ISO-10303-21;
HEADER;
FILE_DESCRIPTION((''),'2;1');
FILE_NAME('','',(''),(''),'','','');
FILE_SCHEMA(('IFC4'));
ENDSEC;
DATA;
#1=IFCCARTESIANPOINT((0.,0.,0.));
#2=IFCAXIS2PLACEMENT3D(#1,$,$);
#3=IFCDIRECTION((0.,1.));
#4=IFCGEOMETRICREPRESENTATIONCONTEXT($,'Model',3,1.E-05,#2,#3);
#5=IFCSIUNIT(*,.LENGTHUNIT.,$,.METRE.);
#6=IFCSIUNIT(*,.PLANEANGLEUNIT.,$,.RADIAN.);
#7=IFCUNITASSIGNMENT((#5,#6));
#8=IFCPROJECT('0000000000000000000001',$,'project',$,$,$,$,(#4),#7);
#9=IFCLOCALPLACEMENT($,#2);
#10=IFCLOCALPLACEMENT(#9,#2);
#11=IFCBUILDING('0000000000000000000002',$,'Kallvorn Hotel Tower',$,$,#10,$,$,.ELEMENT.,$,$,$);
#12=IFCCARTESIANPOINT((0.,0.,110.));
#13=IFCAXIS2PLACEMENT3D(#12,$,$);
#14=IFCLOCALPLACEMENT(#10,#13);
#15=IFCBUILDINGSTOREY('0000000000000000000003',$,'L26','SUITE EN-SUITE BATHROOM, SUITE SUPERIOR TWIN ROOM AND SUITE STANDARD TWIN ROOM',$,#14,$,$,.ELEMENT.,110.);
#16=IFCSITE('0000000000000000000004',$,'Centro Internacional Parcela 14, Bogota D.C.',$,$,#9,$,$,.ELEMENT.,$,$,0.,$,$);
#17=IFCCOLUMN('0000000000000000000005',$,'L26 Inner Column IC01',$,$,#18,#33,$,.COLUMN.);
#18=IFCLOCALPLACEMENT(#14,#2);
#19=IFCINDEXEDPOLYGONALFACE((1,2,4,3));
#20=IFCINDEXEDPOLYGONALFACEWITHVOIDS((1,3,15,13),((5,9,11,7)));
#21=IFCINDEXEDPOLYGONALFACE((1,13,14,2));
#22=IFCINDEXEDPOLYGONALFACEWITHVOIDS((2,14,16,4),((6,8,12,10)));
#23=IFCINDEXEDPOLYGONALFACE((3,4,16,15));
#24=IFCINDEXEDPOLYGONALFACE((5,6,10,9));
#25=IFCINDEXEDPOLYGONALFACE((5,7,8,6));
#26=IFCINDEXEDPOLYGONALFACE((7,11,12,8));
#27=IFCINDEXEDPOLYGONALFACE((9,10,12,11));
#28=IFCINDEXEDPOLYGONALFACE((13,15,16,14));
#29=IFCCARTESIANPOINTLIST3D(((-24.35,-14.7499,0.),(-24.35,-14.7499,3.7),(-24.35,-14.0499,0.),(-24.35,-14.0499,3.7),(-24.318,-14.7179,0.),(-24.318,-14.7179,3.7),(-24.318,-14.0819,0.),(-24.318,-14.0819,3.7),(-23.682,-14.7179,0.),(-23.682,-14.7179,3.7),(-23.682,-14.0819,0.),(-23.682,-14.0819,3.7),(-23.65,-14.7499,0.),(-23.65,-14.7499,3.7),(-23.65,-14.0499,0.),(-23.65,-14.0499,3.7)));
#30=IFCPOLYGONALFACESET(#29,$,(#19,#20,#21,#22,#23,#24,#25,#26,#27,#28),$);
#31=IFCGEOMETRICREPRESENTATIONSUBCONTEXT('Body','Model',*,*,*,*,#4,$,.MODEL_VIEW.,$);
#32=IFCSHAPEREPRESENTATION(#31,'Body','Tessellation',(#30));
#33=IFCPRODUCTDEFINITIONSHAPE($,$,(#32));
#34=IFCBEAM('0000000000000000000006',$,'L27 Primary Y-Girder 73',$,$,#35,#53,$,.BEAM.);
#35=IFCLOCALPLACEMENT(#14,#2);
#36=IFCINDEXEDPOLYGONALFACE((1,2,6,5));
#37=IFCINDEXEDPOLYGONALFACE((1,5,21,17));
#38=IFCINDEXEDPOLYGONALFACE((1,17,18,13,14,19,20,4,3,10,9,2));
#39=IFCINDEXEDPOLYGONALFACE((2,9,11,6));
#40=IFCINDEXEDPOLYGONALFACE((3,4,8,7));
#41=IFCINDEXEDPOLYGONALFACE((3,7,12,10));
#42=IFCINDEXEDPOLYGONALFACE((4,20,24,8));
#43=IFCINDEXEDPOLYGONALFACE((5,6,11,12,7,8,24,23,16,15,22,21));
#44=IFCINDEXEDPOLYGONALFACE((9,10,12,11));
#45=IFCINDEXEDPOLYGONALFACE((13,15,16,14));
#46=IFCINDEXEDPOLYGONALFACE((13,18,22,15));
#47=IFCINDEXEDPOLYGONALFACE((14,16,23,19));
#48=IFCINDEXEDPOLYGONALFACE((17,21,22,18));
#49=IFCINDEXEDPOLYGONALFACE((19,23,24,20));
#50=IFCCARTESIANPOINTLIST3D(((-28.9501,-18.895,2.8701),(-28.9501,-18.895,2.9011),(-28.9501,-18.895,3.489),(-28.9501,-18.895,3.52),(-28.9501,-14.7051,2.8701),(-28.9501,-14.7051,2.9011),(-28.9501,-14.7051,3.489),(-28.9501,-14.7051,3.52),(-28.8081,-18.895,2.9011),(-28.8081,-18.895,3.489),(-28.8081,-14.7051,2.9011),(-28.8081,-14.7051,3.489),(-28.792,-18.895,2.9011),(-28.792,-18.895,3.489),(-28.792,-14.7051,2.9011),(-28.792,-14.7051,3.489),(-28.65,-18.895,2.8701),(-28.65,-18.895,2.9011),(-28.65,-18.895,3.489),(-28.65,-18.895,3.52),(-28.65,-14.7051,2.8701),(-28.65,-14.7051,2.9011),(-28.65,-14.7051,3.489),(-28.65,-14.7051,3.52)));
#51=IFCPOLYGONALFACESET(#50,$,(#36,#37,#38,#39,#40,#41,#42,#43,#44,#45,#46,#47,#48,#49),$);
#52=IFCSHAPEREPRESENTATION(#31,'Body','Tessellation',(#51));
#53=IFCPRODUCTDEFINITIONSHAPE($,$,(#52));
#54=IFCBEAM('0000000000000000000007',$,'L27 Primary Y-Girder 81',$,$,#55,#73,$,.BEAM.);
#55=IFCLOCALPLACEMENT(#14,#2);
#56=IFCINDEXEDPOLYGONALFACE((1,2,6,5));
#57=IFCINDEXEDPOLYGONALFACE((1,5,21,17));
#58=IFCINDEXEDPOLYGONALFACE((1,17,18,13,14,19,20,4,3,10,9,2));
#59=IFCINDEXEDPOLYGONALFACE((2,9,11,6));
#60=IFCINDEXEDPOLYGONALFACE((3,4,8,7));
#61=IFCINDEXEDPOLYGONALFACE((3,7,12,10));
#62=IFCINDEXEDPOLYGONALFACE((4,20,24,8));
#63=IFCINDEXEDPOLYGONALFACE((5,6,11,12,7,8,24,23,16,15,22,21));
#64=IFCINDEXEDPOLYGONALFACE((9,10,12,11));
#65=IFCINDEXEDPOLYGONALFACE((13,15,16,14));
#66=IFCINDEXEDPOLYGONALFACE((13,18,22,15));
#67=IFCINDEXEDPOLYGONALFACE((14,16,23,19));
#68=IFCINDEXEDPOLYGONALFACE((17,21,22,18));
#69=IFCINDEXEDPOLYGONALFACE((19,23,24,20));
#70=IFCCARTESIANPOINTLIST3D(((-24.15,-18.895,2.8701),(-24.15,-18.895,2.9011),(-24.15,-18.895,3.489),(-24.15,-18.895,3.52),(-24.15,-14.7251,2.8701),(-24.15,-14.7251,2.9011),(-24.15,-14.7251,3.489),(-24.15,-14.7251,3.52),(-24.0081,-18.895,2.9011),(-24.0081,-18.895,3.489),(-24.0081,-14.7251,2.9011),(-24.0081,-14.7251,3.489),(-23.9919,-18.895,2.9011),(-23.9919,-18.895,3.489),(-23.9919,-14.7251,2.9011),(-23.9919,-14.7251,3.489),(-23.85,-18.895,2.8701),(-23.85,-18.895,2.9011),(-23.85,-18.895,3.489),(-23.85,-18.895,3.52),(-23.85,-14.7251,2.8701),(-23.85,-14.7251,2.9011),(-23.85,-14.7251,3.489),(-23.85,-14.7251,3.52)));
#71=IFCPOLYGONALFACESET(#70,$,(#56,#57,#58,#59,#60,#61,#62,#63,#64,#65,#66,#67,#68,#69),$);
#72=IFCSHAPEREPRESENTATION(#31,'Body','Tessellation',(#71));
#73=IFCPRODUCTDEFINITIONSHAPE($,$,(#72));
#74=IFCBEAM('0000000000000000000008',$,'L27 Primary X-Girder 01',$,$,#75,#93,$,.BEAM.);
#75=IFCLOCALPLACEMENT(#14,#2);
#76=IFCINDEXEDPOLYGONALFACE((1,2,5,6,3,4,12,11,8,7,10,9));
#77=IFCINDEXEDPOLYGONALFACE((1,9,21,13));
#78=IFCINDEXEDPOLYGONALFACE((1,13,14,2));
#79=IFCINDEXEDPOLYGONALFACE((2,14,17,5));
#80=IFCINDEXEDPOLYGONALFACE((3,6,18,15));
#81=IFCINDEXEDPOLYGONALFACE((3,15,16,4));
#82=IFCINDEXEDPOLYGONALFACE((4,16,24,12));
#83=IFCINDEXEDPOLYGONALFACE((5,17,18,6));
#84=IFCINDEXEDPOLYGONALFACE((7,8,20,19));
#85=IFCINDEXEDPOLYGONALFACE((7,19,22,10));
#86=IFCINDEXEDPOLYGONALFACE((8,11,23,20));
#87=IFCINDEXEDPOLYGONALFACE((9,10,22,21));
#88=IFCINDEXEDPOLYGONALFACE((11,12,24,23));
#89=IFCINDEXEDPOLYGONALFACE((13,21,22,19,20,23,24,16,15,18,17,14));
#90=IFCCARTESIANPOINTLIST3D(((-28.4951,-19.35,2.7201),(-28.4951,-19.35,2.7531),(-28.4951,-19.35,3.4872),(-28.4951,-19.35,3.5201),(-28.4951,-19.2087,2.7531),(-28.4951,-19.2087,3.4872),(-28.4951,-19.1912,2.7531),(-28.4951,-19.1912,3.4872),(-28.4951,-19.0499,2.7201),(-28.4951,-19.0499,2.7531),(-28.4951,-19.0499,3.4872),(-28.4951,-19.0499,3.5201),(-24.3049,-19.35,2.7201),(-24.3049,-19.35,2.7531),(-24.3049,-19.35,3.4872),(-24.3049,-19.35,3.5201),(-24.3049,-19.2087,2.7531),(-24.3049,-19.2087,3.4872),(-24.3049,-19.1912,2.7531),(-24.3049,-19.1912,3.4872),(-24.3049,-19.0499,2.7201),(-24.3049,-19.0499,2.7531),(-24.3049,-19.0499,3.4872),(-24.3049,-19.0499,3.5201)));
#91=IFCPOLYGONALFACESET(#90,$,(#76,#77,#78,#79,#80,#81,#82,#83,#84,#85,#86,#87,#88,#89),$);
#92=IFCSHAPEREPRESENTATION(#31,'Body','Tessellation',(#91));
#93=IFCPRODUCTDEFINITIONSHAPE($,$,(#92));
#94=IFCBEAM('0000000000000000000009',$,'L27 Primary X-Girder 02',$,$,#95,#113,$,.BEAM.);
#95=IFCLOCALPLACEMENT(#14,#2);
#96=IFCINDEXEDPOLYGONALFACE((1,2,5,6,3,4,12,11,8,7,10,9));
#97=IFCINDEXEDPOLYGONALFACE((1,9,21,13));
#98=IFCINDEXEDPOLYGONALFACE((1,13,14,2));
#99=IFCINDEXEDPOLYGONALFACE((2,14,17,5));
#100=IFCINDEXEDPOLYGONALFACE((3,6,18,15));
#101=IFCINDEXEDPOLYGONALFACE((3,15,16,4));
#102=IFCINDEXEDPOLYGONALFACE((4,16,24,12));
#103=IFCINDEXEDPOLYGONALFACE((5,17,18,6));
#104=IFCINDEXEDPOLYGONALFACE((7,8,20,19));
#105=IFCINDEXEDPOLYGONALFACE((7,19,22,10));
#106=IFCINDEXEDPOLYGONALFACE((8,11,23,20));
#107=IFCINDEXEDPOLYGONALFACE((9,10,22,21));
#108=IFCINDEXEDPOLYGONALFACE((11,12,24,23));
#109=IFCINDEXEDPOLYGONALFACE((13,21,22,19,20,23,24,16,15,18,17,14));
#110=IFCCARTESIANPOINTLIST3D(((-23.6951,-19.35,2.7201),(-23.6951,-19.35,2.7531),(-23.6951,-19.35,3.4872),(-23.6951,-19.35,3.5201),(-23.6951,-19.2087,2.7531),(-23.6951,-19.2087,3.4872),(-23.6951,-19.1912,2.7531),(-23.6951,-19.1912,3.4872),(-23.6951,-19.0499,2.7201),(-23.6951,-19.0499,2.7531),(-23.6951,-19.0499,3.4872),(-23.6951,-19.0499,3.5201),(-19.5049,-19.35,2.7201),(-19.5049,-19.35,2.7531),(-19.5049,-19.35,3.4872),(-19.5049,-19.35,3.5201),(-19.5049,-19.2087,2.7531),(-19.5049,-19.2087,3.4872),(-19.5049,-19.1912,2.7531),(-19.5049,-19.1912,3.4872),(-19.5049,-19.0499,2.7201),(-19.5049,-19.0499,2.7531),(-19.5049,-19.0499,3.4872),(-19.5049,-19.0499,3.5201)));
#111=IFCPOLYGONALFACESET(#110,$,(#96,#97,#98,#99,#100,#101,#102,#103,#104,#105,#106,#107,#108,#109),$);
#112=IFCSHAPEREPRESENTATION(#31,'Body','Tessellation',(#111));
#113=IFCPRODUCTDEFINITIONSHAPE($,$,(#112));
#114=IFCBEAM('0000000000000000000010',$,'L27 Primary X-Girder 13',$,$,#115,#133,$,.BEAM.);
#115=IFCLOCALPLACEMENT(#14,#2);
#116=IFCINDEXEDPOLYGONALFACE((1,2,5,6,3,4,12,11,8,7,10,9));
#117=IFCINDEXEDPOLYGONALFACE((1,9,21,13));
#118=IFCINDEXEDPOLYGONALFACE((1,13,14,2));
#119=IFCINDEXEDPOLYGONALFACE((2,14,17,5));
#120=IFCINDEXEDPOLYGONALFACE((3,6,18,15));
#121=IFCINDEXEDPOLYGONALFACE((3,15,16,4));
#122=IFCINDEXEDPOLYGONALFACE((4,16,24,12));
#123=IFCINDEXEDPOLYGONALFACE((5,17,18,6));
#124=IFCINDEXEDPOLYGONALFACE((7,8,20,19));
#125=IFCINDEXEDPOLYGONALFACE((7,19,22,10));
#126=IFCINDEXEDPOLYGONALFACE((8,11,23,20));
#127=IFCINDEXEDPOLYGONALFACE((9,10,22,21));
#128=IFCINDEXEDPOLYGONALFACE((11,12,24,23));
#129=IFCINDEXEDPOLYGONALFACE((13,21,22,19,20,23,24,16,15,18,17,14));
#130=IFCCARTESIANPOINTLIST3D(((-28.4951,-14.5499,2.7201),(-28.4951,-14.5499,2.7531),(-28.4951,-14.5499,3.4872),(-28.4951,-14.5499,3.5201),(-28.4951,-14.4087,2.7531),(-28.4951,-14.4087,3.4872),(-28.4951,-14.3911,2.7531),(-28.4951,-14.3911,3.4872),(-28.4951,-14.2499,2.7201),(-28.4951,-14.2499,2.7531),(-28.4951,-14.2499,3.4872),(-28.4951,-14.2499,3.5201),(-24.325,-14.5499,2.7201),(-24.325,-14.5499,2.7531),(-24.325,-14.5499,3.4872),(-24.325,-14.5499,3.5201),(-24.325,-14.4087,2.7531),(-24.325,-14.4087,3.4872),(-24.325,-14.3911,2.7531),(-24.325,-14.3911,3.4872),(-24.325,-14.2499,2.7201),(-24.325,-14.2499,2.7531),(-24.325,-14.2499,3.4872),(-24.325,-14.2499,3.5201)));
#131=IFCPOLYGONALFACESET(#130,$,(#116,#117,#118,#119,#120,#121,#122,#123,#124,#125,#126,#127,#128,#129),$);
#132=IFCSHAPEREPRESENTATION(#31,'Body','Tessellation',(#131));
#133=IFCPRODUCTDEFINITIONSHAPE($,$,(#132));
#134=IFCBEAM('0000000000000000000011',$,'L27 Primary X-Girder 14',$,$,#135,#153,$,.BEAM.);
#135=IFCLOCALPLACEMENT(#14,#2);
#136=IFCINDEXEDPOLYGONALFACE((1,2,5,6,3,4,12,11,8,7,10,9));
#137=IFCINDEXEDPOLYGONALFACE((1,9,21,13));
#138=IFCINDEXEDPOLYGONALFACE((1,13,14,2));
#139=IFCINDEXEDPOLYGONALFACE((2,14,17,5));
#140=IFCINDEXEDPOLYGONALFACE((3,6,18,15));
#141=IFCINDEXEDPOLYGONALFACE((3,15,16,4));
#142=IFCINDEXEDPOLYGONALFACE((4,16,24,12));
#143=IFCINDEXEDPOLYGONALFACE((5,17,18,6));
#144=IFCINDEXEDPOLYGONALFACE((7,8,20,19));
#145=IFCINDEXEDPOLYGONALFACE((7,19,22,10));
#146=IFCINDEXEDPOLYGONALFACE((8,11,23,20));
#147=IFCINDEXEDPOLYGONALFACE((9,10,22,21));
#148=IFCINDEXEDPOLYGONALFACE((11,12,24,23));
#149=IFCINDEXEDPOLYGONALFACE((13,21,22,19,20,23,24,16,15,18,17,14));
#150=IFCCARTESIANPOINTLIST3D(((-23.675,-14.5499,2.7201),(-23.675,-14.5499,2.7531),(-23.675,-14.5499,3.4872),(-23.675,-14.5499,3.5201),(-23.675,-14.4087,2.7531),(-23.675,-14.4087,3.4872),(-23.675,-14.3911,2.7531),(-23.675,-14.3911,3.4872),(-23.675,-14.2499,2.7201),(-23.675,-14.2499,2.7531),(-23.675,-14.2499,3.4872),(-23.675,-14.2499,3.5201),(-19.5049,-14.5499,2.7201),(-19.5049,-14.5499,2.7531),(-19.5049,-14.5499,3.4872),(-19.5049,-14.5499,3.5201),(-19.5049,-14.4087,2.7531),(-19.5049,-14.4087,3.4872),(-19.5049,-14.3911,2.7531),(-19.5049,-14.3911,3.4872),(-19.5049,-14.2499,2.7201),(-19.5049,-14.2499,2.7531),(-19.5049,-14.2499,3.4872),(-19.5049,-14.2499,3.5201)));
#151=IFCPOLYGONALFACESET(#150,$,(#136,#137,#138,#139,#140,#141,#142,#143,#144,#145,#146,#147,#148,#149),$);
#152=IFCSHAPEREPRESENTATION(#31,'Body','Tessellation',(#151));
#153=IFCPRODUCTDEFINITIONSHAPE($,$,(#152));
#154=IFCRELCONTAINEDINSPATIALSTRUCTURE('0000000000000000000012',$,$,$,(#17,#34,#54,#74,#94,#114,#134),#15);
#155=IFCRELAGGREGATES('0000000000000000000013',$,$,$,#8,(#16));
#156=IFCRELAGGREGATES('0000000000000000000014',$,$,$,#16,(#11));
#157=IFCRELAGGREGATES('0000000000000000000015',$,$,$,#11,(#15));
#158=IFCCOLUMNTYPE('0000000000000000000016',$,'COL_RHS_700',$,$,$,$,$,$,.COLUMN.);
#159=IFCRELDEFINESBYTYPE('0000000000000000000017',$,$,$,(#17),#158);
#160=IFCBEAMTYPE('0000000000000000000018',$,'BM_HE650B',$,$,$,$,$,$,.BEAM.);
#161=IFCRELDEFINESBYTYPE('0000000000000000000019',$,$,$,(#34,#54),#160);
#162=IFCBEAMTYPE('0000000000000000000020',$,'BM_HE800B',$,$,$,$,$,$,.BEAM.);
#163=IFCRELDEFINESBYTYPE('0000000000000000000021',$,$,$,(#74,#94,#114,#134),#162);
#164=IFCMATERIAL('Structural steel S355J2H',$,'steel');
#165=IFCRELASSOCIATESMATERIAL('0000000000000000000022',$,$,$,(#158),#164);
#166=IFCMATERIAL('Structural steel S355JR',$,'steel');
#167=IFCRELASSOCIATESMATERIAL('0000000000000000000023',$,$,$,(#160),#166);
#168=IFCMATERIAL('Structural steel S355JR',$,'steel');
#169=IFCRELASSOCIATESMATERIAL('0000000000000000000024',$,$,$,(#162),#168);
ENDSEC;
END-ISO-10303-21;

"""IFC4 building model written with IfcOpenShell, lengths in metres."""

from ifc_helpers import new_model, si_unit, direction, frame, origin, origin_2d, place, context, subcontext, project, spatial, hollow_rectangle, i_section, extrude, material, material_profile, profile_set, type_object, element, save


model = new_model("IFC4")

# Units and contexts
model_context = context("Model", 3, precision=1e-05, world=origin(), true_north=direction((0.0, 1.0)))
body_context = subcontext(model_context, "Body", "Model", "MODEL_VIEW")
ifc_project = project(units=[si_unit("LENGTHUNIT", "METRE"), si_unit("PLANEANGLEUNIT", "RADIAN")], contexts=[model_context])

# Site, building, storey
site_placement = place(None, origin())
site = spatial("IfcSite", under=ifc_project, at=site_placement, Name="Centro Internacional Parcela 14, Bogota D.C.", CompositionType="ELEMENT", RefElevation=0.0)
building_placement = place(site_placement, origin())
building = spatial("IfcBuilding", under=site, at=building_placement, Name="Kallvorn Hotel Tower", CompositionType="ELEMENT")
storey_placement = place(building_placement, frame((0.0, 0.0, 110.0)))
storey = spatial("IfcBuildingStorey", under=building, at=storey_placement, Name="L26", Description="SUITE EN-SUITE BATHROOM, SUITE SUPERIOR TWIN ROOM AND SUITE STANDARD TWIN ROOM", CompositionType="ELEMENT", Elevation=110.0)

# Column
ifc_material_1 = material(Name="Structural steel S355J2H", Category="steel")
ifc_material_profile_1 = material_profile(ifc_material_1, hollow_rectangle(XDim=0.7, YDim=0.7, WallThickness=0.032, at=origin_2d()), Name="RHS 700x700x32")
ifc_profile_set_1 = profile_set([ifc_material_profile_1], Name="Structural steel S355J2H")
column_type_1 = type_object("IfcColumnType", Name="COL_RHS_700", PredefinedType="COLUMN", material=ifc_profile_set_1)
column_placement = place(storey_placement, frame((-24.0, -14.3999, 0.0), z_axis=(0.0, 0.0, 1.0), x_axis=(1.0, 0.0, 0.0)))
element("IfcColumn", 1, at=column_placement, inside=storey, type_object=column_type_1, Name="L26 Inner Column IC01", PredefinedType="COLUMN", context=body_context, shape_type="SweptSolid", body=[
    extrude(hollow_rectangle(XDim=0.7, YDim=0.7, WallThickness=0.032, at=origin_2d()), origin(), (0.0, 0.0, 1.0), 3.7),
])

# Beams
ifc_material_2 = material(Name="Structural steel S355JR", Category="steel")
ifc_material_profile_2 = material_profile(ifc_material_2, i_section(OverallWidth=0.3, OverallDepth=0.6499, WebThickness=0.0161, FlangeThickness=0.031, at=origin_2d()), Name="HE 650 B")
ifc_profile_set_2 = profile_set([ifc_material_profile_2], Name="Structural steel S355JR")
beam_type_1 = type_object("IfcBeamType", Name="BM_HE650B", PredefinedType="BEAM", material=ifc_profile_set_2)
beam_1_placement = place(storey_placement, frame((-28.8, -18.895, 3.1951), z_axis=(0.0, 1.0, 0.0), x_axis=(-1.0, 0.0, 0.0)))
element("IfcBeam", 2, at=beam_1_placement, inside=storey, type_object=beam_type_1, Name="L27 Primary Y-Girder 73", PredefinedType="BEAM", context=body_context, shape_type="SweptSolid", body=[
    extrude(i_section(OverallWidth=0.3, OverallDepth=0.6499, WebThickness=0.0161, FlangeThickness=0.031, at=origin_2d()), origin(), (0.0, 0.0, 1.0), 4.1899),
])
beam_2_placement = place(storey_placement, frame((-24.0, -18.895, 3.1951), z_axis=(0.0, 1.0, 0.0), x_axis=(-1.0, 0.0, 0.0)))
element("IfcBeam", 3, at=beam_2_placement, inside=storey, type_object=beam_type_1, Name="L27 Primary Y-Girder 81", PredefinedType="BEAM", context=body_context, shape_type="SweptSolid", body=[
    extrude(i_section(OverallWidth=0.3, OverallDepth=0.6499, WebThickness=0.0161, FlangeThickness=0.031, at=origin_2d()), origin(), (0.0, 0.0, 1.0), 4.1699),
])
ifc_material_3 = material(Name="Structural steel S355JR", Category="steel")
ifc_material_profile_3 = material_profile(ifc_material_3, i_section(OverallWidth=0.3, OverallDepth=0.8, WebThickness=0.0176, FlangeThickness=0.033, at=origin_2d()), Name="HE 800 B")
ifc_profile_set_3 = profile_set([ifc_material_profile_3], Name="Structural steel S355JR")
beam_type_2 = type_object("IfcBeamType", Name="BM_HE800B", PredefinedType="BEAM", material=ifc_profile_set_3)
for number, where, z_axis, x_axis, name in (
    (4, (-28.4951, -19.2, 3.1201), (1.0, 0.0, 0.0), (0.0, 1.0, 0.0), "L27 Primary X-Girder 01"),
    (5, (-23.6951, -19.2, 3.1201), (1.0, 0.0, 0.0), (0.0, 1.0, 0.0), "L27 Primary X-Girder 02"),
):
    element("IfcBeam", number, at=place(storey_placement, frame(where, z_axis=z_axis, x_axis=x_axis)), inside=storey, type_object=beam_type_2, Name=name, PredefinedType="BEAM", context=body_context, shape_type="SweptSolid", body=[
        extrude(i_section(OverallWidth=0.3, OverallDepth=0.8, WebThickness=0.0176, FlangeThickness=0.033, at=origin_2d()), origin(), (0.0, 0.0, 1.0), 4.1902),
    ])
for number, where, z_axis, x_axis, name in (
    (6, (-28.4951, -14.3999, 3.1201), (1.0, 0.0, 0.0), (0.0, 1.0, 0.0), "L27 Primary X-Girder 13"),
    (7, (-23.675, -14.3999, 3.1201), (1.0, 0.0, 0.0), (0.0, 1.0, 0.0), "L27 Primary X-Girder 14"),
):
    element("IfcBeam", number, at=place(storey_placement, frame(where, z_axis=z_axis, x_axis=x_axis)), inside=storey, type_object=beam_type_2, Name=name, PredefinedType="BEAM", context=body_context, shape_type="SweptSolid", body=[
        extrude(i_section(OverallWidth=0.3, OverallDepth=0.8, WebThickness=0.0176, FlangeThickness=0.033, at=origin_2d()), origin(), (0.0, 0.0, 1.0), 4.1702),
    ])

save(model, "model.ifc")
